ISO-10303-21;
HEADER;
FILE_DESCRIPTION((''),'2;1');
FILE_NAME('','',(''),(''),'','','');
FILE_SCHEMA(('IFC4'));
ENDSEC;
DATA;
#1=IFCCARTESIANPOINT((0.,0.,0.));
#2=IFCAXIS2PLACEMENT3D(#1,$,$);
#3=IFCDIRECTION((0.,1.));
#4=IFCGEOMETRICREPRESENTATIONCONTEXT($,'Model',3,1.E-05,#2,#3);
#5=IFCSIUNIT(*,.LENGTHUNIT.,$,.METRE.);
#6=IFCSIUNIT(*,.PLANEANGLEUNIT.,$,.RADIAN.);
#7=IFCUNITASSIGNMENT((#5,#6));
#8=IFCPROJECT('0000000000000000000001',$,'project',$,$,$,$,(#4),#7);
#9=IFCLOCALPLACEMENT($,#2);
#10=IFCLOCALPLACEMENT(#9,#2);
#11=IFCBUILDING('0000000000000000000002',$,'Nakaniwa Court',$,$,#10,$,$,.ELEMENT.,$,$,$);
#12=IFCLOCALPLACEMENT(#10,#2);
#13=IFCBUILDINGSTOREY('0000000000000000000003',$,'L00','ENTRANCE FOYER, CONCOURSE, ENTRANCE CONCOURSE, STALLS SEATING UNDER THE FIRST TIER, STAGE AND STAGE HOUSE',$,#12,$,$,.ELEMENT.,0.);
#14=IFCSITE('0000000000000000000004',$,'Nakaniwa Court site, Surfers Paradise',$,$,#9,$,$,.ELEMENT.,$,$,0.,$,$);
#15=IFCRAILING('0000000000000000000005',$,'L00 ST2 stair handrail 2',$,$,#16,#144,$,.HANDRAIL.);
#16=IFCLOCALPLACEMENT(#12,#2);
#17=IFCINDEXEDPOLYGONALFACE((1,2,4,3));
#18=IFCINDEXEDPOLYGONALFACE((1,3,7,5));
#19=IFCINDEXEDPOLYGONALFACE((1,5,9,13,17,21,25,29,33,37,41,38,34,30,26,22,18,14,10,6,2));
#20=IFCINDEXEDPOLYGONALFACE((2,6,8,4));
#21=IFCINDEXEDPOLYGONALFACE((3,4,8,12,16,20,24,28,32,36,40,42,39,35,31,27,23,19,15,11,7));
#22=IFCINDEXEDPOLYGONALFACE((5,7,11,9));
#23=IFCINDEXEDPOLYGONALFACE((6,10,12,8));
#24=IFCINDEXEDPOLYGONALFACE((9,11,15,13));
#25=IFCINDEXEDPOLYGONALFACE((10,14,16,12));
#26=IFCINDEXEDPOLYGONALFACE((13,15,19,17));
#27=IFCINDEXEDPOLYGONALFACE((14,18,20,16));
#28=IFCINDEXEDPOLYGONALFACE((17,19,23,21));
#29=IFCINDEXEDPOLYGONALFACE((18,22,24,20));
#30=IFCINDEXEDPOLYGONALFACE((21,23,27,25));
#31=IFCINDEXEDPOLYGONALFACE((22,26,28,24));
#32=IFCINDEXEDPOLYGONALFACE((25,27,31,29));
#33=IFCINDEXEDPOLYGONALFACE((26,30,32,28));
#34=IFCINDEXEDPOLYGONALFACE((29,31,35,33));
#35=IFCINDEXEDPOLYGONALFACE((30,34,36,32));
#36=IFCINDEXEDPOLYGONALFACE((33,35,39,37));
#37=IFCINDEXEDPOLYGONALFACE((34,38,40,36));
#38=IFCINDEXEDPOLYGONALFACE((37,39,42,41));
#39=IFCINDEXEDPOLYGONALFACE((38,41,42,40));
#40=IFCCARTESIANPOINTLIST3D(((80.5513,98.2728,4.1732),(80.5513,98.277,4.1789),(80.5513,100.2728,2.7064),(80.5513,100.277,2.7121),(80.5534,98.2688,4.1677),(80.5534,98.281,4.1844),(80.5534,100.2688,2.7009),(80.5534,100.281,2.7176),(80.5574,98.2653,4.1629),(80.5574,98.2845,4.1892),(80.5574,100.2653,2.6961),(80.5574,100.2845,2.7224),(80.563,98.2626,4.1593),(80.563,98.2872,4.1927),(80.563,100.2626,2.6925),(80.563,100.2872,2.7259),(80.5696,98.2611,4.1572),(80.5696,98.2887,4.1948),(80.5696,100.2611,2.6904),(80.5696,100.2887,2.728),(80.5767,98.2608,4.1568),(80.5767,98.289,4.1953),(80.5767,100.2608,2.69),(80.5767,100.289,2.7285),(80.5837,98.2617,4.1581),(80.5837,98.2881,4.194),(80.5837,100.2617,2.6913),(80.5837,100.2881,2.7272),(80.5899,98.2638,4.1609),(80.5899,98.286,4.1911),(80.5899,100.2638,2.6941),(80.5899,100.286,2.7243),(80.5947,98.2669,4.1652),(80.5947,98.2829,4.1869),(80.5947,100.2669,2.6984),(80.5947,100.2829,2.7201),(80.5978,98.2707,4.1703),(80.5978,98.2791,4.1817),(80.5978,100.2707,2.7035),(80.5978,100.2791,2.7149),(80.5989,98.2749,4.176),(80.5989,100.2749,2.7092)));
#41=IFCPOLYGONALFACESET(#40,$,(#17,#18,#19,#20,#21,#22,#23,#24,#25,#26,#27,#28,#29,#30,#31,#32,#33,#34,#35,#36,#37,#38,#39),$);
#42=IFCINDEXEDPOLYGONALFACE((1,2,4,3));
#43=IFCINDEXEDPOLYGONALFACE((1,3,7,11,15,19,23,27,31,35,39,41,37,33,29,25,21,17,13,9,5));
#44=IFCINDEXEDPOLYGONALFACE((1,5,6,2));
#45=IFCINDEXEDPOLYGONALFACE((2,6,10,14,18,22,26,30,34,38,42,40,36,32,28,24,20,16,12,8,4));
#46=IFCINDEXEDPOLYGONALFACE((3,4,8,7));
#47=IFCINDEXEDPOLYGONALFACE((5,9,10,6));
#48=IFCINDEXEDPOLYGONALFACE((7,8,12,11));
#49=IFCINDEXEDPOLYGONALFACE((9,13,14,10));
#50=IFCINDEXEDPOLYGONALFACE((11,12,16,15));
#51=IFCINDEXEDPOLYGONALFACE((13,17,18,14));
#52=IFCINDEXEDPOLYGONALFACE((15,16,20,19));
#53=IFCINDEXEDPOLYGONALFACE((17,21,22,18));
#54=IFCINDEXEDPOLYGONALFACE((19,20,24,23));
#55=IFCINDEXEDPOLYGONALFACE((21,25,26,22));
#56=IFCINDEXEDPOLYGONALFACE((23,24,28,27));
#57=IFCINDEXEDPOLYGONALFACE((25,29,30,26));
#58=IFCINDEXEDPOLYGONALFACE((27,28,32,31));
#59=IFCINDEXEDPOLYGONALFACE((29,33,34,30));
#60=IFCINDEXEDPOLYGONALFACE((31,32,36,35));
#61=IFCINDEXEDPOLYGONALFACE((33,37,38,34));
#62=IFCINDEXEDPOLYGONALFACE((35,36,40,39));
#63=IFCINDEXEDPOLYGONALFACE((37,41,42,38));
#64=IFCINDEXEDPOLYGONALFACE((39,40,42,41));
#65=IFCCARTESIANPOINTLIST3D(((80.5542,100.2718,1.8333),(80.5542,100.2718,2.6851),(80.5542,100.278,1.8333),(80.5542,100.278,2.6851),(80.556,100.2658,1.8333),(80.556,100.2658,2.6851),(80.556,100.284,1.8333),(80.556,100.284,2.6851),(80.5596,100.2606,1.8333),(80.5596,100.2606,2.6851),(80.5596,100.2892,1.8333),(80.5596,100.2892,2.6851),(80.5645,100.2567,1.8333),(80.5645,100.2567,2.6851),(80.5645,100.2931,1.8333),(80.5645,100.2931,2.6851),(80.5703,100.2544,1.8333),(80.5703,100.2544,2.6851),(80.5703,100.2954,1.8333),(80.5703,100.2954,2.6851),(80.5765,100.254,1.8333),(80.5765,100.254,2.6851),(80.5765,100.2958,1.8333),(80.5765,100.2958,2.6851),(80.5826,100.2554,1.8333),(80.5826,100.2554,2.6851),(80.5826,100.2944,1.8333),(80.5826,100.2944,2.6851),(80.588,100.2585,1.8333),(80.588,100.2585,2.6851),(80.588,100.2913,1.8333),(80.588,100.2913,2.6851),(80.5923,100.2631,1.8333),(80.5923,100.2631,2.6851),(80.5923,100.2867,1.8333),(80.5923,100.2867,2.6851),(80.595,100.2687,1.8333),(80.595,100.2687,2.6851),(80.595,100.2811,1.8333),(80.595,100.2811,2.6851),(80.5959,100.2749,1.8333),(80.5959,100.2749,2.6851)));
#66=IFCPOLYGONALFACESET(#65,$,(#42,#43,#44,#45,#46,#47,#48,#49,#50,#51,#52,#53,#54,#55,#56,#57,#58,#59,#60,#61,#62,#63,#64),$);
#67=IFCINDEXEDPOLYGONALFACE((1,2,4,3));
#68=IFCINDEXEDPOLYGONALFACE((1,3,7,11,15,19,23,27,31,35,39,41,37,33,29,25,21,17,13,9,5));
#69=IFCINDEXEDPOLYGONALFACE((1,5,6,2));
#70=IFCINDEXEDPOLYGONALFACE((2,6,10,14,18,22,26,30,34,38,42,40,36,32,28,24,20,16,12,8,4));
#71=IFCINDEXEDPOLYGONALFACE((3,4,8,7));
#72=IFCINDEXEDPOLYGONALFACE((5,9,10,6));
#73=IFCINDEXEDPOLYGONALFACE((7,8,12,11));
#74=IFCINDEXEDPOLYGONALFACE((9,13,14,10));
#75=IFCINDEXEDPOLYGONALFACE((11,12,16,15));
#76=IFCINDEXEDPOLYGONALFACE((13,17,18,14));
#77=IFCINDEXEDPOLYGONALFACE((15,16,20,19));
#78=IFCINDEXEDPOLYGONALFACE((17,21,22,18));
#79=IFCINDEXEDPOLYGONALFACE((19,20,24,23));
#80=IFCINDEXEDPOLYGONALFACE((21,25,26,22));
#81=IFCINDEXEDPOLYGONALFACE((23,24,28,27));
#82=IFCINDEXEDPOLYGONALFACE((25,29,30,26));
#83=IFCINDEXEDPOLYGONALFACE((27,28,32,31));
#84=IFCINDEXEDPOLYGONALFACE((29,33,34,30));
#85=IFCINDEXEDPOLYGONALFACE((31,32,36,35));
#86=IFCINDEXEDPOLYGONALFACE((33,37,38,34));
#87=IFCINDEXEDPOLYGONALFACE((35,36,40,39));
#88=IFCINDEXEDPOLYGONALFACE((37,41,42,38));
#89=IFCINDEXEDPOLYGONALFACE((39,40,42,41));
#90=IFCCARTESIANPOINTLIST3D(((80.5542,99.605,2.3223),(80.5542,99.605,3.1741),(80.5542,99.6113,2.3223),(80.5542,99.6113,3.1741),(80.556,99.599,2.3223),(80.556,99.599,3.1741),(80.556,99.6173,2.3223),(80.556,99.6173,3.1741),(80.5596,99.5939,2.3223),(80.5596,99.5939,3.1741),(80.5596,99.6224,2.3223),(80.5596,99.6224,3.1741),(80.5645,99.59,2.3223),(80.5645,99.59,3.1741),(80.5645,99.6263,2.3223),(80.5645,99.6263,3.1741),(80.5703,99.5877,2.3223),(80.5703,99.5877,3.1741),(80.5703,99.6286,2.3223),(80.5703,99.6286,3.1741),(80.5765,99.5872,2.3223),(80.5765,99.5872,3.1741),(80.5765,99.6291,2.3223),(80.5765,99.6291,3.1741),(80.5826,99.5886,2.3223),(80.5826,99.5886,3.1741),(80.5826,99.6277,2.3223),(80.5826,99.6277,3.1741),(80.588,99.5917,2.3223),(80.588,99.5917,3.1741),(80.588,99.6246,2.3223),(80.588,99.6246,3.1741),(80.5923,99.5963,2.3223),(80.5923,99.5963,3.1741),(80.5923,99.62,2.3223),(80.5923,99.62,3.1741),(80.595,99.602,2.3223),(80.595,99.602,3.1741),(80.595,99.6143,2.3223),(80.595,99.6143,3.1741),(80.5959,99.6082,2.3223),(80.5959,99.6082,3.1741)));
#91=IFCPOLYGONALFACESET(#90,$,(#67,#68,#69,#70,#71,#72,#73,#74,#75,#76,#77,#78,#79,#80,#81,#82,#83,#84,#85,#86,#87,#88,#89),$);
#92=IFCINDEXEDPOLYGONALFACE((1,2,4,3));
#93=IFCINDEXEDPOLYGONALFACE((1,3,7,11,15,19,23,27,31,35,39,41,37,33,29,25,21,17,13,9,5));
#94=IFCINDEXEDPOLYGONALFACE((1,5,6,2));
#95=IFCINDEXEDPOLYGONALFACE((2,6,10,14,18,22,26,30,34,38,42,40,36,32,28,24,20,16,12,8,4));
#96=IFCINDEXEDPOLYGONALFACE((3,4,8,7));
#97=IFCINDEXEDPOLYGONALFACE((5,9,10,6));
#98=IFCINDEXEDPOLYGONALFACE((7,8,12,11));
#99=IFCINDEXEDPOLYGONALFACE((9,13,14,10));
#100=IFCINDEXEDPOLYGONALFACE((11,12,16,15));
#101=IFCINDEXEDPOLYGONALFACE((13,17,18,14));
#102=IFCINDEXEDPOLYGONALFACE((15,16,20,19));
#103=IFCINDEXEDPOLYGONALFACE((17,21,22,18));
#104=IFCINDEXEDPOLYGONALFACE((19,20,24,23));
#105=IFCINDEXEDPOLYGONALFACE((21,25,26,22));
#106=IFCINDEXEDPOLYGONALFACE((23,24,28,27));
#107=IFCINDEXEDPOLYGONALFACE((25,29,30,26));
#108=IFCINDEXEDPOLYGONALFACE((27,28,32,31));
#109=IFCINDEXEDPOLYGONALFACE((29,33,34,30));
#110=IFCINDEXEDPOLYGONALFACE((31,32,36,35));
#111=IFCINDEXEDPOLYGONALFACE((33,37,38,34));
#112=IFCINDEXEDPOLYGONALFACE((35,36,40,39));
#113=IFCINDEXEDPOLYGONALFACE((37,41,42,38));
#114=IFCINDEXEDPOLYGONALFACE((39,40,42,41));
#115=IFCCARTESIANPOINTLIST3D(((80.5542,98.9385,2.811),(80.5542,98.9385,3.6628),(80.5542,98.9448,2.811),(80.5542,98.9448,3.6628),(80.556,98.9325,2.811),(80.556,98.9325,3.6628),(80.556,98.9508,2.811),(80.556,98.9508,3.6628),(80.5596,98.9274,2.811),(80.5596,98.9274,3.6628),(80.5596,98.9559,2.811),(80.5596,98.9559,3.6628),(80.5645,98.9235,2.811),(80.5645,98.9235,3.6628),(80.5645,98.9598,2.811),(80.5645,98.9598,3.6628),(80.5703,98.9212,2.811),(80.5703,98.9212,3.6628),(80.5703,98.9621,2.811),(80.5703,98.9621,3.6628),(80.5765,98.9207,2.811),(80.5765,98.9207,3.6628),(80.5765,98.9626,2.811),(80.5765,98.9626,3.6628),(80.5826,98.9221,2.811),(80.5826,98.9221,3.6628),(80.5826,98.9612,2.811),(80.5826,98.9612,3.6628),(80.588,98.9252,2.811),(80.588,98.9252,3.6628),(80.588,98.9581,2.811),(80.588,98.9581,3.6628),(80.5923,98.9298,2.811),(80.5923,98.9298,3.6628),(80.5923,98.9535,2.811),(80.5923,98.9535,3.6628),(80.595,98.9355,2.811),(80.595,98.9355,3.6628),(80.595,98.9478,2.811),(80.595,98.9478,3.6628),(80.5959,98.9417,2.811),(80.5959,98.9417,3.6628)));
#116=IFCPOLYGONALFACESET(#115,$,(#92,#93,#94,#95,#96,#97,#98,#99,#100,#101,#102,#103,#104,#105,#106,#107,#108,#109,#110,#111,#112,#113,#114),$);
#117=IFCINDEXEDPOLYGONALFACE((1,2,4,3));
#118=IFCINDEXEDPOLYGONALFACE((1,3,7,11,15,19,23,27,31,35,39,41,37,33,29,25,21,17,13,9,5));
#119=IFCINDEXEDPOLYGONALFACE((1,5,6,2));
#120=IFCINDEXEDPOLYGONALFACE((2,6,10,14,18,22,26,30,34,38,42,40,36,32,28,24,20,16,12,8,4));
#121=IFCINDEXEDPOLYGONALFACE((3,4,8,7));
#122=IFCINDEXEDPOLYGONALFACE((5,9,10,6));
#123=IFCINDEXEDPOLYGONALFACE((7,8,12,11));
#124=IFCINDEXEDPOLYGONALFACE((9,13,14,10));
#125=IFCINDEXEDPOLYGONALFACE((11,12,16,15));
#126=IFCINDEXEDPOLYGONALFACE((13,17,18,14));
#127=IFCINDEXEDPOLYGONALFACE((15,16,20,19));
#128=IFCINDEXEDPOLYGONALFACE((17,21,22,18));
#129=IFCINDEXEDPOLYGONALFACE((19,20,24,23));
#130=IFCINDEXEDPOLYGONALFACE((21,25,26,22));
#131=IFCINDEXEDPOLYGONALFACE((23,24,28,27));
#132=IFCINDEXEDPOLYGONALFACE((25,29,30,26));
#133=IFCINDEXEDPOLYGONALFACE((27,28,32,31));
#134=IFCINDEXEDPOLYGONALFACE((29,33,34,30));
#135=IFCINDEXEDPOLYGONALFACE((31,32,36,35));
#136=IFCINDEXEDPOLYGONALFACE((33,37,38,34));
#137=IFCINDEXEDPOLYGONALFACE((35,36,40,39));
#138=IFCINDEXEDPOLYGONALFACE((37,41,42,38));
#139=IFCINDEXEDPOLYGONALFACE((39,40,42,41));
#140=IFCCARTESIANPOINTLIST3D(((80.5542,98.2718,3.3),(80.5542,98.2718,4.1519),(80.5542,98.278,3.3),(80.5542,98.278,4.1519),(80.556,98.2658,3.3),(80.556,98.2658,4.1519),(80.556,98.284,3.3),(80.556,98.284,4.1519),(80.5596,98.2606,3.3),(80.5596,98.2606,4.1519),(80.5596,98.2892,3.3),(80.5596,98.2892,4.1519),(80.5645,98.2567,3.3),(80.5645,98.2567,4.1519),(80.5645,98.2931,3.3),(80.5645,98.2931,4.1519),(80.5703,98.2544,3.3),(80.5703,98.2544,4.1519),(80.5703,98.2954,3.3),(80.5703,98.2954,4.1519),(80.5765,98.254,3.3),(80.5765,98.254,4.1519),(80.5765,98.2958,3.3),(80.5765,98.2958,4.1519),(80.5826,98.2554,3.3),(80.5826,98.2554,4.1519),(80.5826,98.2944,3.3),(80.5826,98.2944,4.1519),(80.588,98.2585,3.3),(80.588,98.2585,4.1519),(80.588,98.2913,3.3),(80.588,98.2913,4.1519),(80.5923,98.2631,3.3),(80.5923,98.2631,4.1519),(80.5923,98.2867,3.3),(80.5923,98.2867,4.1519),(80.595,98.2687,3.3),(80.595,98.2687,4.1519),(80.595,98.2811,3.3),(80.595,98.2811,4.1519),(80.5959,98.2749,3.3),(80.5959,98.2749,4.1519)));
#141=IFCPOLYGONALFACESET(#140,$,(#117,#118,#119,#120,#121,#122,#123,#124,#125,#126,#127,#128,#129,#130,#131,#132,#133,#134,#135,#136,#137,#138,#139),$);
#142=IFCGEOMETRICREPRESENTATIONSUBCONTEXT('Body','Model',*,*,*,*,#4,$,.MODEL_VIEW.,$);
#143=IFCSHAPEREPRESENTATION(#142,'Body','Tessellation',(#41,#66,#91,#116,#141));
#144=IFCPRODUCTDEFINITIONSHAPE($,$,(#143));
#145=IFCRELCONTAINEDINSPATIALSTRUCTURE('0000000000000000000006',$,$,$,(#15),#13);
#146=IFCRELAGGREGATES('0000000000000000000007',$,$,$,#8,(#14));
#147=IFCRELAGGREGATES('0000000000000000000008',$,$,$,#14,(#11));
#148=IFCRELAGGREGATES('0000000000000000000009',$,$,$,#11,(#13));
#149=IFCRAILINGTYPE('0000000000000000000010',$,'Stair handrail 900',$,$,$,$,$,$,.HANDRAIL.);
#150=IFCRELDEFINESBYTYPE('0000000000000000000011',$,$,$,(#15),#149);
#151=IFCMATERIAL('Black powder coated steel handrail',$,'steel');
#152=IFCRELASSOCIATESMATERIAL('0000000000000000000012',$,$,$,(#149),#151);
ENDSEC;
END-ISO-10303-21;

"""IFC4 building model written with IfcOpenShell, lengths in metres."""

from ifc_helpers import new_model, si_unit, direction, frame, origin, origin_2d, place, context, subcontext, project, spatial, circle, extrude, material, type_object, element, save


model = new_model("IFC4")

# Units and contexts
model_context = context("Model", 3, precision=1e-05, world=origin(), true_north=direction((0.0, 1.0)))
body_context = subcontext(model_context, "Body", "Model", "MODEL_VIEW")
ifc_project = project(units=[si_unit("LENGTHUNIT", "METRE"), si_unit("PLANEANGLEUNIT", "RADIAN")], contexts=[model_context])

# Site, building, storey
site_placement = place(None, origin())
site = spatial("IfcSite", under=ifc_project, at=site_placement, Name="Nakaniwa Court site, Surfers Paradise", CompositionType="ELEMENT", RefElevation=0.0)
building_placement = place(site_placement, origin())
building = spatial("IfcBuilding", under=site, at=building_placement, Name="Nakaniwa Court", CompositionType="ELEMENT")
storey_placement = place(building_placement, origin())
storey = spatial("IfcBuildingStorey", under=building, at=storey_placement, Name="L00", Description="ENTRANCE FOYER, CONCOURSE, ENTRANCE CONCOURSE, STALLS SEATING UNDER THE FIRST TIER, STAGE AND STAGE HOUSE", CompositionType="ELEMENT", Elevation=0.0)

# Railing
ifc_material_1 = material(Name="Black powder coated steel handrail", Category="steel")
railing_type_1 = type_object("IfcRailingType", Name="Stair handrail 900", PredefinedType="HANDRAIL", material=ifc_material_1)
for number, where, name in (
    (1, (80.575, 100.2749, 1.8333), "L00 ST2 stair handrail 2"),
):
    element("IfcRailing", number, at=place(storey_placement, frame(where)), inside=storey, type_object=railing_type_1, Name=name, PredefinedType="HANDRAIL", context=body_context, shape_type="SweptSolid", body=[
        extrude(circle(Radius=0.0239, at=origin_2d()), frame((0.0, 0.0, 0.876), z_axis=(0.0, -0.80638, 0.591398), x_axis=(1.0, 0.0, 0.0)), (0.0, 0.0, 1.0), 2.4802),
        extrude(circle(Radius=0.021, at=origin_2d()), origin(), (0.0, 0.0, 1.0), 0.8518),
        extrude(circle(Radius=0.021, at=origin_2d()), frame((0.0, -0.6667, 0.489)), (0.0, 0.0, 1.0), 0.8518),
        extrude(circle(Radius=0.021, at=origin_2d()), frame((0.0, -1.3333, 0.9778)), (0.0, 0.0, 1.0), 0.8518),
        extrude(circle(Radius=0.021, at=origin_2d()), frame((0.0, -2.0, 1.4668)), (0.0, 0.0, 1.0), 0.8518),
    ])

save(model, "model.ifc")
